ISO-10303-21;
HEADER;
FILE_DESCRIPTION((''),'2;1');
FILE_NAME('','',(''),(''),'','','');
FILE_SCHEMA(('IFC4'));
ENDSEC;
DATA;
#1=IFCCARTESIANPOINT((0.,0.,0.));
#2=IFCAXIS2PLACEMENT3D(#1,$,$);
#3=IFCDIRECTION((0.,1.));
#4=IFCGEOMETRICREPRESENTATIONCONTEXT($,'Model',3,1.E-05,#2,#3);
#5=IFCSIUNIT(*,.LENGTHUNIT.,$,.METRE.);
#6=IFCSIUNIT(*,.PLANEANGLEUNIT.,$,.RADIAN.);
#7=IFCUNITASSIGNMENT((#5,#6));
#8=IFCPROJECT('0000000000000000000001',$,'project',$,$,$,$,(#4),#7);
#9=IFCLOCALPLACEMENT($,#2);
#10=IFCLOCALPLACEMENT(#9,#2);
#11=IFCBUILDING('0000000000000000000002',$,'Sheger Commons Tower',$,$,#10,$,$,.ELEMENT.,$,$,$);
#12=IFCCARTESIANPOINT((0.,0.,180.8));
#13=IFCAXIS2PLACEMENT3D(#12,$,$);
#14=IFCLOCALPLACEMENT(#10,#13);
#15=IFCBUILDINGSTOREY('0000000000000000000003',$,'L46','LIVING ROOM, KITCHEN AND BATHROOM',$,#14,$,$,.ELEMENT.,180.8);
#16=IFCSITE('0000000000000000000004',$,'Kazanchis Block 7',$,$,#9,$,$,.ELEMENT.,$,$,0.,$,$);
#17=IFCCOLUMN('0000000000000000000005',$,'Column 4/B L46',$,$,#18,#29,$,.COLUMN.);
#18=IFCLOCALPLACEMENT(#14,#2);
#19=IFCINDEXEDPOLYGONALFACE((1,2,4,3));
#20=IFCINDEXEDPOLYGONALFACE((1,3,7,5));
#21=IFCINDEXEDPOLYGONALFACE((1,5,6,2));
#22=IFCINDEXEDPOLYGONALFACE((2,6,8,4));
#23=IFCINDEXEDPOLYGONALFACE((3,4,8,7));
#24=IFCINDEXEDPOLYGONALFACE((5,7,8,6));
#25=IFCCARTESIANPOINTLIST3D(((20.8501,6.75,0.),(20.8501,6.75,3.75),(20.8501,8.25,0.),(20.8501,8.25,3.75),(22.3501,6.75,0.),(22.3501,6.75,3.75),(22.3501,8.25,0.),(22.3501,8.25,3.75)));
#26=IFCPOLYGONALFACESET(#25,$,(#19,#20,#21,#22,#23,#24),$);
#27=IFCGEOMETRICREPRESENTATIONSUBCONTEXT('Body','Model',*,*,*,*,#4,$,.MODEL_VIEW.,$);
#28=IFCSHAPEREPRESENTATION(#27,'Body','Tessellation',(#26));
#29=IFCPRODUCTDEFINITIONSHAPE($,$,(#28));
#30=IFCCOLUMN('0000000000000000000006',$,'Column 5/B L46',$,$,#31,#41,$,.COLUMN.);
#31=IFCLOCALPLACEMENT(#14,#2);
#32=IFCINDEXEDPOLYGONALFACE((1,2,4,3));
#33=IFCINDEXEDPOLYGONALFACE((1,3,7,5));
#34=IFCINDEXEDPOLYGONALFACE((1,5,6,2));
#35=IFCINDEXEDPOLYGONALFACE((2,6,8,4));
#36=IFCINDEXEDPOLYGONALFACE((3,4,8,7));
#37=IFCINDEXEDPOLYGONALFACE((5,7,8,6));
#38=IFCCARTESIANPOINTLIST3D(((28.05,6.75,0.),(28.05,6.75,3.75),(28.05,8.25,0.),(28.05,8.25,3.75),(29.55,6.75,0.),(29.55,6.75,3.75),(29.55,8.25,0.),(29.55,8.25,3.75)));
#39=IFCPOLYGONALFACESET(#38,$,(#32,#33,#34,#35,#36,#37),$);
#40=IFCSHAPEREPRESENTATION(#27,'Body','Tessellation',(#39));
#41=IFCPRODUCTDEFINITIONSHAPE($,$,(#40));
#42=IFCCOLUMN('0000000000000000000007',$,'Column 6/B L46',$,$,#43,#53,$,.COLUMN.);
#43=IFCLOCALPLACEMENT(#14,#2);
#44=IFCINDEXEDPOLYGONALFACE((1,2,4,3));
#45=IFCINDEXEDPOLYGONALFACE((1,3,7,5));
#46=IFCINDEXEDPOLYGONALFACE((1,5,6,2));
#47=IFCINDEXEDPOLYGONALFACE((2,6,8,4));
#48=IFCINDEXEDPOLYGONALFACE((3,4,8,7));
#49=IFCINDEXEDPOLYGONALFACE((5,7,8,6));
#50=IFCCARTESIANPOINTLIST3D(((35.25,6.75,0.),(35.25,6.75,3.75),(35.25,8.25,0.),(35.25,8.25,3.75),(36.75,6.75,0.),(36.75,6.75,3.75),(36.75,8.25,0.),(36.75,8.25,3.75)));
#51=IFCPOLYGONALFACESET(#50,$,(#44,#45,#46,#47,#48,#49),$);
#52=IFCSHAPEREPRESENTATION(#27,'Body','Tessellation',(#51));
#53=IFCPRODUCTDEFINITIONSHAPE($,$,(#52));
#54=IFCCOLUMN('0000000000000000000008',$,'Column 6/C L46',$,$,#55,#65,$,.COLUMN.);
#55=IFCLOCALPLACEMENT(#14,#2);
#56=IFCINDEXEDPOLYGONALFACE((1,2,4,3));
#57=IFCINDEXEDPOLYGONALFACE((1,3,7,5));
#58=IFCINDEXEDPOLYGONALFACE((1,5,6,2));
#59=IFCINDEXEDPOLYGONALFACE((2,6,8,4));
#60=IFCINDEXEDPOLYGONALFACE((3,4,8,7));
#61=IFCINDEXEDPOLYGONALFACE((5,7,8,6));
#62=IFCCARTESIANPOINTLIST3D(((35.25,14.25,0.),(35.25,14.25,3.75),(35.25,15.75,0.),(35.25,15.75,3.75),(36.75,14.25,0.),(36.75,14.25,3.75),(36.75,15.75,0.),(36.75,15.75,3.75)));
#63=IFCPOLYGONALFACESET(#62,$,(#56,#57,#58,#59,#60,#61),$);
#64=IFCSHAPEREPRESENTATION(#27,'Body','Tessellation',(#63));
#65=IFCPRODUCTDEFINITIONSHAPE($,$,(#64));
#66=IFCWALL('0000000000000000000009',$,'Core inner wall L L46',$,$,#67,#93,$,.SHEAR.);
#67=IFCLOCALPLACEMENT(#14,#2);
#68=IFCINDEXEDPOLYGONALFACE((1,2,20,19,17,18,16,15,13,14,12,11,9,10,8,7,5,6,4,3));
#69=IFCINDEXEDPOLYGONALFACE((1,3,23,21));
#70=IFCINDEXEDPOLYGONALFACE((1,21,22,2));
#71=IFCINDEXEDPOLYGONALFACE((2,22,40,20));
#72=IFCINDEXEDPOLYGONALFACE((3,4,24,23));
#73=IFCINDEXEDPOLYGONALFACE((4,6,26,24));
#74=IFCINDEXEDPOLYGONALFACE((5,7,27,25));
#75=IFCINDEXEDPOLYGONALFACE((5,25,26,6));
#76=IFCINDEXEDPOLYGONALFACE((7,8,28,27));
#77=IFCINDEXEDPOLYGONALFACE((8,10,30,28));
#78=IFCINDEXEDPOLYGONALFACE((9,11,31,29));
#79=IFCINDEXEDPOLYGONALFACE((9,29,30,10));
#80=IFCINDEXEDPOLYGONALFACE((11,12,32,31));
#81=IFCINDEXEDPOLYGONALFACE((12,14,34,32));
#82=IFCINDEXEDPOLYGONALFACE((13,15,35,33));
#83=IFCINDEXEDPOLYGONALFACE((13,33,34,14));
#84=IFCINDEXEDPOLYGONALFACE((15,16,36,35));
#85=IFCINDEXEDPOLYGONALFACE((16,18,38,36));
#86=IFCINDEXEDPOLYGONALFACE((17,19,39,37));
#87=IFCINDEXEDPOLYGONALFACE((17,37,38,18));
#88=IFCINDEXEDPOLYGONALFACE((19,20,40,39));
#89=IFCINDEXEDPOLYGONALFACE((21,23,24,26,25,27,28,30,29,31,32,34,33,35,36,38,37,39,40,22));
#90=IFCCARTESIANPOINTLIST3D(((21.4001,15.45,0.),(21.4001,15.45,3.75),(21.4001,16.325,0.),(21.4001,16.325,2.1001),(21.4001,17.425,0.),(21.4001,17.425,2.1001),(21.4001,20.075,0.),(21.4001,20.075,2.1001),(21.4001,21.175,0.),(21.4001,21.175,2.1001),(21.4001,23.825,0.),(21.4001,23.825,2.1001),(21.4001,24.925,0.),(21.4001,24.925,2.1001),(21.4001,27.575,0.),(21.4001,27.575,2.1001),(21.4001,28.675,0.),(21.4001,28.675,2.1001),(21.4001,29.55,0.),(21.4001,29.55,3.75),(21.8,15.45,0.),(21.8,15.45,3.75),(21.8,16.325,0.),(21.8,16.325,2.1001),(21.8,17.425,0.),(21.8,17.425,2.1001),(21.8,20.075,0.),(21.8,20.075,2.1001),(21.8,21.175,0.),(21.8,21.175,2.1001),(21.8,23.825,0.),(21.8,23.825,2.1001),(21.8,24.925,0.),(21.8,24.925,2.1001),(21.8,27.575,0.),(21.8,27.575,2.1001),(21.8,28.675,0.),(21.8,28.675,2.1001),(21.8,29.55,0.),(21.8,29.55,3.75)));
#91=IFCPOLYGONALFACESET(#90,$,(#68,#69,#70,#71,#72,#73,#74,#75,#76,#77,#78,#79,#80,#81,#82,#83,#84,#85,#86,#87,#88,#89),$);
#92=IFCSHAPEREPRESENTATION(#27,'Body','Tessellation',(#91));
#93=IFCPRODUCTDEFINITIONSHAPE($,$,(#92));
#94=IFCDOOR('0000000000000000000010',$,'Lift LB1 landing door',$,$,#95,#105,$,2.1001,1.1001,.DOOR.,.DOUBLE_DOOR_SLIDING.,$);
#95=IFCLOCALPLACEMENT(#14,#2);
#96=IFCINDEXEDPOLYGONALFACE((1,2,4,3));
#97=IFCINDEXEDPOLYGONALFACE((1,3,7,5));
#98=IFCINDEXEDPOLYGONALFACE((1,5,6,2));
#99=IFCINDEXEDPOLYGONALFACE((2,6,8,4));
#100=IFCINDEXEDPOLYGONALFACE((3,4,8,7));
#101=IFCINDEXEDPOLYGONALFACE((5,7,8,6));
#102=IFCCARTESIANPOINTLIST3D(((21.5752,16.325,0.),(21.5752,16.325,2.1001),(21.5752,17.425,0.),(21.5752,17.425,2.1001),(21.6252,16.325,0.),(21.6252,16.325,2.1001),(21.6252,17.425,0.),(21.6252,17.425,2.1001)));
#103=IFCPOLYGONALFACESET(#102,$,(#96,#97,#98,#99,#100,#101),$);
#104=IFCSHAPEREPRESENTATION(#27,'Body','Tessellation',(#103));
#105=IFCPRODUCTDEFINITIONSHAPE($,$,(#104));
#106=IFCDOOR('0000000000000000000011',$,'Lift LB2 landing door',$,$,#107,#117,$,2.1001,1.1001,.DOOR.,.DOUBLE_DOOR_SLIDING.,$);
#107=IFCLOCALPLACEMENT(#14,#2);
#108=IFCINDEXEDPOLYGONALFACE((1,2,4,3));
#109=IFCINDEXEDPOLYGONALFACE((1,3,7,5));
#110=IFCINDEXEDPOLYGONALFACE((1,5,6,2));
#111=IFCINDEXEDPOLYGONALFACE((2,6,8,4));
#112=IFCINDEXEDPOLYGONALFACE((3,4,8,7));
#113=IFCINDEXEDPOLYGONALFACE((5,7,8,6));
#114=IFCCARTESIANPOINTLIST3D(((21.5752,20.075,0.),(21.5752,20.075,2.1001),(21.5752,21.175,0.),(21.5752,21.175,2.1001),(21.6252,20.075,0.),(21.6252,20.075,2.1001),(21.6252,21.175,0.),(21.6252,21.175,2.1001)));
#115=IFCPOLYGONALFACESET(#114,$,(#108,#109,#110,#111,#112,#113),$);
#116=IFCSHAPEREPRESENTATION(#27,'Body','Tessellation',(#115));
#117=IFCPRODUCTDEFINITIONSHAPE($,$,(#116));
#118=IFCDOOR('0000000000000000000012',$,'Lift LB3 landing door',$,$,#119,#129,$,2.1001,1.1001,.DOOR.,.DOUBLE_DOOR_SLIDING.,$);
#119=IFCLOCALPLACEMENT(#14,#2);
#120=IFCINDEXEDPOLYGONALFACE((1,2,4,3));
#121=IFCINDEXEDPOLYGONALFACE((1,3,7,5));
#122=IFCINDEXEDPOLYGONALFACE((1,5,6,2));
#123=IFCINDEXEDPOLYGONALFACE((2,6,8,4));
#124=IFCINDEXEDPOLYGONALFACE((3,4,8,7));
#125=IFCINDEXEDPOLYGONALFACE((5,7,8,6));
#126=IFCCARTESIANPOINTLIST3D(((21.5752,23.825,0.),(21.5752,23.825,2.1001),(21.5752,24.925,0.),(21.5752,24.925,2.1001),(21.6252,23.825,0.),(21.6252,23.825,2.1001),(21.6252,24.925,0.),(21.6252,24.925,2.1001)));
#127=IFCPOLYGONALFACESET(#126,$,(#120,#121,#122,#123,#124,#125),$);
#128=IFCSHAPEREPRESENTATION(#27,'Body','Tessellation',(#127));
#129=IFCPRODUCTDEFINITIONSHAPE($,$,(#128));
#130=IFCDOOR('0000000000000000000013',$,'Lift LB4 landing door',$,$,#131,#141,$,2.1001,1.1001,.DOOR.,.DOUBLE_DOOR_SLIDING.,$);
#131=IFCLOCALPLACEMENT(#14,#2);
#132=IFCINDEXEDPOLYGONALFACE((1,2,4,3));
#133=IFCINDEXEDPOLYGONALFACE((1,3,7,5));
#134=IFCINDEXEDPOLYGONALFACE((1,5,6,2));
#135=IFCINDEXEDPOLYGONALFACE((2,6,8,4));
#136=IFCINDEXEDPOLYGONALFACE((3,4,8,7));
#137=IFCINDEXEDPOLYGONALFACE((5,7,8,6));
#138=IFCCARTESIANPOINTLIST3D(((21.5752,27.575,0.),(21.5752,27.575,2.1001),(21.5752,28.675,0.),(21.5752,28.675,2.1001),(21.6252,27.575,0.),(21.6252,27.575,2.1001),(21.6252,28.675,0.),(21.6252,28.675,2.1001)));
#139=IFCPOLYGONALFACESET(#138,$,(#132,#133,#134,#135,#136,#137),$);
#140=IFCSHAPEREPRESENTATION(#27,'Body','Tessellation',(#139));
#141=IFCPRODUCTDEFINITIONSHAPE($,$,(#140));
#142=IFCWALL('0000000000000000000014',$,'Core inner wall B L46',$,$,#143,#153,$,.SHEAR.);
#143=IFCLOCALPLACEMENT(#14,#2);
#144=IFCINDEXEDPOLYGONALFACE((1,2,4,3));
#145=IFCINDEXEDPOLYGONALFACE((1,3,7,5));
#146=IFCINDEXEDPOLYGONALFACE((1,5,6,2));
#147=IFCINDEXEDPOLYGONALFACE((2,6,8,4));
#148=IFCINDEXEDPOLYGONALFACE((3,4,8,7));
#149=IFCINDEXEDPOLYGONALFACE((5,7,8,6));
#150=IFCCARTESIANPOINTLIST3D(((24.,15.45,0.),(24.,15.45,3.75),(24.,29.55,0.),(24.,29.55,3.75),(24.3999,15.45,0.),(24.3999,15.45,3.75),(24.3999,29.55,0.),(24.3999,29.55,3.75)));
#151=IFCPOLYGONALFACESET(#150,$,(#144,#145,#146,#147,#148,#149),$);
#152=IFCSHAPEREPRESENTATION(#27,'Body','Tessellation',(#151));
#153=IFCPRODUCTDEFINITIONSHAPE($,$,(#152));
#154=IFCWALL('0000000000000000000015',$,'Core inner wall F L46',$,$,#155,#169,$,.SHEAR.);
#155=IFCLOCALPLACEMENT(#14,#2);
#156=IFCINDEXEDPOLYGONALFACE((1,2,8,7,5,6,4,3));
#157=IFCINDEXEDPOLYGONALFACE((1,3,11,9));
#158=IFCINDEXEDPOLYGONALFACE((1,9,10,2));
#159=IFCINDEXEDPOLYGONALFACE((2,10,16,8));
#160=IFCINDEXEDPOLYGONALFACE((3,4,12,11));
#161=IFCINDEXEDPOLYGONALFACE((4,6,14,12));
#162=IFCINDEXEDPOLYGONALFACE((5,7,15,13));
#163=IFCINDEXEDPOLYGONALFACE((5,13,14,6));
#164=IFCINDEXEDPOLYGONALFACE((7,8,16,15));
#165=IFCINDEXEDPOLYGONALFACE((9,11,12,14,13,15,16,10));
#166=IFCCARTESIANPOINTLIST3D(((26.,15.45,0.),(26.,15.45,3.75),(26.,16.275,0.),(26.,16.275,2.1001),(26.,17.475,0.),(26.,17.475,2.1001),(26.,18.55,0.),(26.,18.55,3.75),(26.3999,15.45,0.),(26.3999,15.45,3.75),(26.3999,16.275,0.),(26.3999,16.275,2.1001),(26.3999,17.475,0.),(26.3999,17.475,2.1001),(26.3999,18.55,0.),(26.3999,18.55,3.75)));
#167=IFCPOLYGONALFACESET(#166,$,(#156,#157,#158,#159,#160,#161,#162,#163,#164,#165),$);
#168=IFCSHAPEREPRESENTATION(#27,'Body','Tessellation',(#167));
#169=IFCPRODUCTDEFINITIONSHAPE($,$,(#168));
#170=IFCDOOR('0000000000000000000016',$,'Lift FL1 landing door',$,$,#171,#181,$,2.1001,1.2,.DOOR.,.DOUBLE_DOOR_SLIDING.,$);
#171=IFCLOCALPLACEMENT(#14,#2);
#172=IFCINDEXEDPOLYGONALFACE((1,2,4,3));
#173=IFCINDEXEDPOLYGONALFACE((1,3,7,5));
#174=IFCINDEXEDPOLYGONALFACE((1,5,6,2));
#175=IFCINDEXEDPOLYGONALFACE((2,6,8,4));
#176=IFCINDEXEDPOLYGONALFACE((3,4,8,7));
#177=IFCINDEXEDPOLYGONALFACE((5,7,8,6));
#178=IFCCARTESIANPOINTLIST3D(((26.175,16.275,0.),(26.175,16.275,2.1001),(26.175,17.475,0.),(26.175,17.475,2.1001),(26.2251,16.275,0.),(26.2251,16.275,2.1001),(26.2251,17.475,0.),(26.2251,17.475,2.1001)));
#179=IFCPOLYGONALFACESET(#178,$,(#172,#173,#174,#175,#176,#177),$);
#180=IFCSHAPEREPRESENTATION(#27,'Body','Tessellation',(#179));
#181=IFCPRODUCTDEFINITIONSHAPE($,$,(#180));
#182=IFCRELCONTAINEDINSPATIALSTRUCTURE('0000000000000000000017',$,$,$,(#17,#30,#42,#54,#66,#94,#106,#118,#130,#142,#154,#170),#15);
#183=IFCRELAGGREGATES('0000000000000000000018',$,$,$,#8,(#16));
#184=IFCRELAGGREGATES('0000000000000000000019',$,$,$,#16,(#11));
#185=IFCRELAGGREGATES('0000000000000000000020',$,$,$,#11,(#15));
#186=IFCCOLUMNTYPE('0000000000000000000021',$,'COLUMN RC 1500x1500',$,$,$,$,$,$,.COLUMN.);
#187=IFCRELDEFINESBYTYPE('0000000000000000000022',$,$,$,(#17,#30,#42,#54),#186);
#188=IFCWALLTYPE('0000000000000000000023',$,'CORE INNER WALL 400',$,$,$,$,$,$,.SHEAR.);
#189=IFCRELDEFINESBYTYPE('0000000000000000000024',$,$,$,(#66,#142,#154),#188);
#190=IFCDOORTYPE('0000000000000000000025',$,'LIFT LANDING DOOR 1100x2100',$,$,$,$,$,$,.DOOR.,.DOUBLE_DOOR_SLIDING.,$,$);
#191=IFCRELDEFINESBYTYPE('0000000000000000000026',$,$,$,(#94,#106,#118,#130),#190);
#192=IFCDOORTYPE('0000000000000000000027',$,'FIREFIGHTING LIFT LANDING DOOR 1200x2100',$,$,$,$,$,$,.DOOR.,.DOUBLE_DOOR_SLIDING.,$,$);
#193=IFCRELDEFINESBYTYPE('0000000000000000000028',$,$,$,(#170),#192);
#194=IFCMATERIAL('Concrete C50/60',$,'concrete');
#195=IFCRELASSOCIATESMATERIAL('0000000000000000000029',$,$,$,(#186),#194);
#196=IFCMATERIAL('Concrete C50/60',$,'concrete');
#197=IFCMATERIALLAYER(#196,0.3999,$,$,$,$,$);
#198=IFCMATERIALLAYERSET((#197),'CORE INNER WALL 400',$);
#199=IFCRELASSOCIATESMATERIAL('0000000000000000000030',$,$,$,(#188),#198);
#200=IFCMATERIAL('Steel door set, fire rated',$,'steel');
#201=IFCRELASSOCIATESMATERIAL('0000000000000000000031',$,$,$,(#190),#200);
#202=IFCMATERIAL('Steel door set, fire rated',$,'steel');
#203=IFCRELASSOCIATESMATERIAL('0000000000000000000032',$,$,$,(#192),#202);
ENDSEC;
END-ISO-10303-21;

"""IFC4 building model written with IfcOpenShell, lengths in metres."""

from ifc_helpers import new_model, si_unit, direction, frame, frame_2d, origin, origin_2d, place, context, subcontext, project, spatial, rectangle, extrude, material, layer, layer_set, material_profile, profile_set, type_object, element, fill, save


model = new_model("IFC4")

# Units and contexts
model_context = context("Model", 3, precision=1e-05, world=origin(), true_north=direction((0.0, 1.0)))
body_context = subcontext(model_context, "Body", "Model", "MODEL_VIEW")
ifc_project = project(units=[si_unit("LENGTHUNIT", "METRE"), si_unit("PLANEANGLEUNIT", "RADIAN")], contexts=[model_context])

# Site, building, storey
site_placement = place(None, origin())
site = spatial("IfcSite", under=ifc_project, at=site_placement, Name="Kazanchis Block 7", CompositionType="ELEMENT", RefElevation=0.0)
building_placement = place(site_placement, origin())
building = spatial("IfcBuilding", under=site, at=building_placement, Name="Sheger Commons Tower", CompositionType="ELEMENT")
storey_placement = place(building_placement, frame((0.0, 0.0, 180.8)))
storey = spatial("IfcBuildingStorey", under=building, at=storey_placement, Name="L46", Description="LIVING ROOM, KITCHEN AND BATHROOM", CompositionType="ELEMENT", Elevation=180.8)

# Columns
ifc_material_1 = material(Name="Concrete C50/60", Category="concrete")
ifc_material_profile = material_profile(ifc_material_1, rectangle(XDim=1.5, YDim=1.5, at=origin_2d()), Name="RC 1500x1500")
ifc_profile_set = profile_set([ifc_material_profile], Name="Concrete C50/60")
column_type = type_object("IfcColumnType", Name="COLUMN RC 1500x1500", PredefinedType="COLUMN", material=ifc_profile_set)
for number, where, z_axis, x_axis, name in (
    (1, (21.6001, 7.5, 0.0), (0.0, 0.0, 1.0), (1.0, 0.0, 0.0), "Column 4/B L46"),
    (2, (28.8, 7.5, 0.0), (0.0, 0.0, 1.0), (1.0, 0.0, 0.0), "Column 5/B L46"),
    (3, (36.0, 7.5, 0.0), (0.0, 0.0, 1.0), (1.0, 0.0, 0.0), "Column 6/B L46"),
    (4, (36.0, 15.0, 0.0), (0.0, 0.0, 1.0), (1.0, 0.0, 0.0), "Column 6/C L46"),
):
    element("IfcColumn", number, at=place(storey_placement, frame(where, z_axis=z_axis, x_axis=x_axis)), inside=storey, type_object=column_type, Name=name, PredefinedType="COLUMN", context=body_context, shape_type="SweptSolid", body=[
        extrude(rectangle(XDim=1.5, YDim=1.5, at=origin_2d()), origin(), (0.0, 0.0, 1.0), 3.75),
    ])

# Wall, openings, doors
ifc_material_2 = material(Name="Concrete C50/60", Category="concrete")
ifc_layer_1 = layer(ifc_material_2, 0.3999)
ifc_layer_set_1 = layer_set([ifc_layer_1], Name="CORE INNER WALL 400")
wall_type_1 = type_object("IfcWallType", Name="CORE INNER WALL 400", PredefinedType="SHEAR", material=ifc_layer_set_1)
wall_1_placement = place(storey_placement, frame((21.6001, 15.45, 0.0), z_axis=(0.0, 0.0, 1.0), x_axis=(0.0, 1.0, 0.0)))
wall_1 = element("IfcWall", 5, at=wall_1_placement, inside=storey, type_object=wall_type_1, Name="Core inner wall L L46", PredefinedType="SHEAR", context=body_context, shape_type="SweptSolid", body=[
    extrude(rectangle(XDim=14.1001, YDim=0.3999, at=frame_2d((7.05, 0.0))), origin(), (0.0, 0.0, 1.0), 3.75),
])
opening_1_placement = place(wall_1_placement, frame((0.875, 0.0, 0.0)))
opening_1 = element("IfcOpeningElement", 6, at=opening_1_placement, cuts=wall_1, PredefinedType="OPENING", context=body_context, shape_type="SweptSolid", body=[
    extrude(rectangle(XDim=1.1001, YDim=2.1001, at=frame_2d((0.55, 1.05))), frame((0.0, 0.21, 0.0), z_axis=(0.0, -1.0, 0.0), x_axis=(1.0, 0.0, 0.0)), (0.0, 0.0, 1.0), 0.4199),
])
opening_2_placement = place(wall_1_placement, frame((4.625, 0.0, 0.0)))
opening_2 = element("IfcOpeningElement", 7, at=opening_2_placement, cuts=wall_1, PredefinedType="OPENING", context=body_context, shape_type="SweptSolid", body=[
    extrude(rectangle(XDim=1.1001, YDim=2.1001, at=frame_2d((0.55, 1.05))), frame((0.0, 0.21, 0.0), z_axis=(0.0, -1.0, 0.0), x_axis=(1.0, 0.0, 0.0)), (0.0, 0.0, 1.0), 0.4199),
])
opening_3_placement = place(wall_1_placement, frame((8.375, 0.0, 0.0)))
opening_3 = element("IfcOpeningElement", 8, at=opening_3_placement, cuts=wall_1, PredefinedType="OPENING", context=body_context, shape_type="SweptSolid", body=[
    extrude(rectangle(XDim=1.1001, YDim=2.1001, at=frame_2d((0.55, 1.05))), frame((0.0, 0.21, 0.0), z_axis=(0.0, -1.0, 0.0), x_axis=(1.0, 0.0, 0.0)), (0.0, 0.0, 1.0), 0.4199),
])
opening_4_placement = place(wall_1_placement, frame((12.125, 0.0, 0.0)))
opening_4 = element("IfcOpeningElement", 9, at=opening_4_placement, cuts=wall_1, PredefinedType="OPENING", context=body_context, shape_type="SweptSolid", body=[
    extrude(rectangle(XDim=1.1001, YDim=2.1001, at=frame_2d((0.55, 1.05))), frame((0.0, 0.21, 0.0), z_axis=(0.0, -1.0, 0.0), x_axis=(1.0, 0.0, 0.0)), (0.0, 0.0, 1.0), 0.4199),
])
ifc_material_3 = material(Name="Steel door set, fire rated", Category="steel")
door_type_1 = type_object("IfcDoorType", Name="LIFT LANDING DOOR 1100x2100", OperationType="DOUBLE_DOOR_SLIDING", PredefinedType="DOOR", material=ifc_material_3)
door_1_placement = place(opening_1_placement, origin())
door_1 = element("IfcDoor", 10, at=door_1_placement, inside=storey, type_object=door_type_1, Name="Lift LB1 landing door", OperationType="DOUBLE_DOOR_SLIDING", OverallHeight=2.1001, OverallWidth=1.1001, PredefinedType="DOOR", context=body_context, shape_type="SweptSolid", body=[
    extrude(rectangle(XDim=1.1001, YDim=2.1001, at=frame_2d((0.55, 1.05))), frame((0.0, 0.0249, 0.0), z_axis=(0.0, -1.0, 0.0), x_axis=(1.0, 0.0, 0.0)), (0.0, 0.0, 1.0), 0.05),
])
fill(opening_1, door_1)
door_2_placement = place(opening_2_placement, origin())
door_2 = element("IfcDoor", 11, at=door_2_placement, inside=storey, type_object=door_type_1, Name="Lift LB2 landing door", OperationType="DOUBLE_DOOR_SLIDING", OverallHeight=2.1001, OverallWidth=1.1001, PredefinedType="DOOR", context=body_context, shape_type="SweptSolid", body=[
    extrude(rectangle(XDim=1.1001, YDim=2.1001, at=frame_2d((0.55, 1.05))), frame((0.0, 0.0249, 0.0), z_axis=(0.0, -1.0, 0.0), x_axis=(1.0, 0.0, 0.0)), (0.0, 0.0, 1.0), 0.05),
])
fill(opening_2, door_2)
door_3_placement = place(opening_3_placement, origin())
door_3 = element("IfcDoor", 12, at=door_3_placement, inside=storey, type_object=door_type_1, Name="Lift LB3 landing door", OperationType="DOUBLE_DOOR_SLIDING", OverallHeight=2.1001, OverallWidth=1.1001, PredefinedType="DOOR", context=body_context, shape_type="SweptSolid", body=[
    extrude(rectangle(XDim=1.1001, YDim=2.1001, at=frame_2d((0.55, 1.05))), frame((0.0, 0.0249, 0.0), z_axis=(0.0, -1.0, 0.0), x_axis=(1.0, 0.0, 0.0)), (0.0, 0.0, 1.0), 0.05),
])
fill(opening_3, door_3)
door_4_placement = place(opening_4_placement, origin())
door_4 = element("IfcDoor", 13, at=door_4_placement, inside=storey, type_object=door_type_1, Name="Lift LB4 landing door", OperationType="DOUBLE_DOOR_SLIDING", OverallHeight=2.1001, OverallWidth=1.1001, PredefinedType="DOOR", context=body_context, shape_type="SweptSolid", body=[
    extrude(rectangle(XDim=1.1001, YDim=2.1001, at=frame_2d((0.55, 1.05))), frame((0.0, 0.0249, 0.0), z_axis=(0.0, -1.0, 0.0), x_axis=(1.0, 0.0, 0.0)), (0.0, 0.0, 1.0), 0.05),
])
fill(opening_4, door_4)

# Wall
wall_2_placement = place(storey_placement, frame((24.2, 15.45, 0.0), z_axis=(0.0, 0.0, 1.0), x_axis=(0.0, 1.0, 0.0)))
element("IfcWall", 14, at=wall_2_placement, inside=storey, type_object=wall_type_1, Name="Core inner wall B L46", PredefinedType="SHEAR", context=body_context, shape_type="SweptSolid", body=[
    extrude(rectangle(XDim=14.1001, YDim=0.3999, at=frame_2d((7.05, 0.0))), origin(), (0.0, 0.0, 1.0), 3.75),
])

# Wall, opening, door
wall_3_placement = place(storey_placement, frame((26.2, 15.45, 0.0), z_axis=(0.0, 0.0, 1.0), x_axis=(0.0, 1.0, 0.0)))
wall_3 = element("IfcWall", 15, at=wall_3_placement, inside=storey, type_object=wall_type_1, Name="Core inner wall F L46", PredefinedType="SHEAR", context=body_context, shape_type="SweptSolid", body=[
    extrude(rectangle(XDim=3.1001, YDim=0.3999, at=frame_2d((1.55, 0.0))), origin(), (0.0, 0.0, 1.0), 3.75),
])
opening_5_placement = place(wall_3_placement, frame((0.825, 0.0, 0.0)))
opening_5 = element("IfcOpeningElement", 16, at=opening_5_placement, cuts=wall_3, PredefinedType="OPENING", context=body_context, shape_type="SweptSolid", body=[
    extrude(rectangle(XDim=1.2, YDim=2.1001, at=frame_2d((0.6001, 1.05))), frame((0.0, 0.21, 0.0), z_axis=(0.0, -1.0, 0.0), x_axis=(1.0, 0.0, 0.0)), (0.0, 0.0, 1.0), 0.4199),
])
ifc_material_4 = material(Name="Steel door set, fire rated", Category="steel")
door_type_2 = type_object("IfcDoorType", Name="FIREFIGHTING LIFT LANDING DOOR 1200x2100", OperationType="DOUBLE_DOOR_SLIDING", PredefinedType="DOOR", material=ifc_material_4)
door_5_placement = place(opening_5_placement, origin())
door_5 = element("IfcDoor", 17, at=door_5_placement, inside=storey, type_object=door_type_2, Name="Lift FL1 landing door", OperationType="DOUBLE_DOOR_SLIDING", OverallHeight=2.1001, OverallWidth=1.2, PredefinedType="DOOR", context=body_context, shape_type="SweptSolid", body=[
    extrude(rectangle(XDim=1.2, YDim=2.1001, at=frame_2d((0.6001, 1.05))), frame((0.0, 0.0249, 0.0), z_axis=(0.0, -1.0, 0.0), x_axis=(1.0, 0.0, 0.0)), (0.0, 0.0, 1.0), 0.05),
])
fill(opening_5, door_5)

save(model, "model.ifc")
